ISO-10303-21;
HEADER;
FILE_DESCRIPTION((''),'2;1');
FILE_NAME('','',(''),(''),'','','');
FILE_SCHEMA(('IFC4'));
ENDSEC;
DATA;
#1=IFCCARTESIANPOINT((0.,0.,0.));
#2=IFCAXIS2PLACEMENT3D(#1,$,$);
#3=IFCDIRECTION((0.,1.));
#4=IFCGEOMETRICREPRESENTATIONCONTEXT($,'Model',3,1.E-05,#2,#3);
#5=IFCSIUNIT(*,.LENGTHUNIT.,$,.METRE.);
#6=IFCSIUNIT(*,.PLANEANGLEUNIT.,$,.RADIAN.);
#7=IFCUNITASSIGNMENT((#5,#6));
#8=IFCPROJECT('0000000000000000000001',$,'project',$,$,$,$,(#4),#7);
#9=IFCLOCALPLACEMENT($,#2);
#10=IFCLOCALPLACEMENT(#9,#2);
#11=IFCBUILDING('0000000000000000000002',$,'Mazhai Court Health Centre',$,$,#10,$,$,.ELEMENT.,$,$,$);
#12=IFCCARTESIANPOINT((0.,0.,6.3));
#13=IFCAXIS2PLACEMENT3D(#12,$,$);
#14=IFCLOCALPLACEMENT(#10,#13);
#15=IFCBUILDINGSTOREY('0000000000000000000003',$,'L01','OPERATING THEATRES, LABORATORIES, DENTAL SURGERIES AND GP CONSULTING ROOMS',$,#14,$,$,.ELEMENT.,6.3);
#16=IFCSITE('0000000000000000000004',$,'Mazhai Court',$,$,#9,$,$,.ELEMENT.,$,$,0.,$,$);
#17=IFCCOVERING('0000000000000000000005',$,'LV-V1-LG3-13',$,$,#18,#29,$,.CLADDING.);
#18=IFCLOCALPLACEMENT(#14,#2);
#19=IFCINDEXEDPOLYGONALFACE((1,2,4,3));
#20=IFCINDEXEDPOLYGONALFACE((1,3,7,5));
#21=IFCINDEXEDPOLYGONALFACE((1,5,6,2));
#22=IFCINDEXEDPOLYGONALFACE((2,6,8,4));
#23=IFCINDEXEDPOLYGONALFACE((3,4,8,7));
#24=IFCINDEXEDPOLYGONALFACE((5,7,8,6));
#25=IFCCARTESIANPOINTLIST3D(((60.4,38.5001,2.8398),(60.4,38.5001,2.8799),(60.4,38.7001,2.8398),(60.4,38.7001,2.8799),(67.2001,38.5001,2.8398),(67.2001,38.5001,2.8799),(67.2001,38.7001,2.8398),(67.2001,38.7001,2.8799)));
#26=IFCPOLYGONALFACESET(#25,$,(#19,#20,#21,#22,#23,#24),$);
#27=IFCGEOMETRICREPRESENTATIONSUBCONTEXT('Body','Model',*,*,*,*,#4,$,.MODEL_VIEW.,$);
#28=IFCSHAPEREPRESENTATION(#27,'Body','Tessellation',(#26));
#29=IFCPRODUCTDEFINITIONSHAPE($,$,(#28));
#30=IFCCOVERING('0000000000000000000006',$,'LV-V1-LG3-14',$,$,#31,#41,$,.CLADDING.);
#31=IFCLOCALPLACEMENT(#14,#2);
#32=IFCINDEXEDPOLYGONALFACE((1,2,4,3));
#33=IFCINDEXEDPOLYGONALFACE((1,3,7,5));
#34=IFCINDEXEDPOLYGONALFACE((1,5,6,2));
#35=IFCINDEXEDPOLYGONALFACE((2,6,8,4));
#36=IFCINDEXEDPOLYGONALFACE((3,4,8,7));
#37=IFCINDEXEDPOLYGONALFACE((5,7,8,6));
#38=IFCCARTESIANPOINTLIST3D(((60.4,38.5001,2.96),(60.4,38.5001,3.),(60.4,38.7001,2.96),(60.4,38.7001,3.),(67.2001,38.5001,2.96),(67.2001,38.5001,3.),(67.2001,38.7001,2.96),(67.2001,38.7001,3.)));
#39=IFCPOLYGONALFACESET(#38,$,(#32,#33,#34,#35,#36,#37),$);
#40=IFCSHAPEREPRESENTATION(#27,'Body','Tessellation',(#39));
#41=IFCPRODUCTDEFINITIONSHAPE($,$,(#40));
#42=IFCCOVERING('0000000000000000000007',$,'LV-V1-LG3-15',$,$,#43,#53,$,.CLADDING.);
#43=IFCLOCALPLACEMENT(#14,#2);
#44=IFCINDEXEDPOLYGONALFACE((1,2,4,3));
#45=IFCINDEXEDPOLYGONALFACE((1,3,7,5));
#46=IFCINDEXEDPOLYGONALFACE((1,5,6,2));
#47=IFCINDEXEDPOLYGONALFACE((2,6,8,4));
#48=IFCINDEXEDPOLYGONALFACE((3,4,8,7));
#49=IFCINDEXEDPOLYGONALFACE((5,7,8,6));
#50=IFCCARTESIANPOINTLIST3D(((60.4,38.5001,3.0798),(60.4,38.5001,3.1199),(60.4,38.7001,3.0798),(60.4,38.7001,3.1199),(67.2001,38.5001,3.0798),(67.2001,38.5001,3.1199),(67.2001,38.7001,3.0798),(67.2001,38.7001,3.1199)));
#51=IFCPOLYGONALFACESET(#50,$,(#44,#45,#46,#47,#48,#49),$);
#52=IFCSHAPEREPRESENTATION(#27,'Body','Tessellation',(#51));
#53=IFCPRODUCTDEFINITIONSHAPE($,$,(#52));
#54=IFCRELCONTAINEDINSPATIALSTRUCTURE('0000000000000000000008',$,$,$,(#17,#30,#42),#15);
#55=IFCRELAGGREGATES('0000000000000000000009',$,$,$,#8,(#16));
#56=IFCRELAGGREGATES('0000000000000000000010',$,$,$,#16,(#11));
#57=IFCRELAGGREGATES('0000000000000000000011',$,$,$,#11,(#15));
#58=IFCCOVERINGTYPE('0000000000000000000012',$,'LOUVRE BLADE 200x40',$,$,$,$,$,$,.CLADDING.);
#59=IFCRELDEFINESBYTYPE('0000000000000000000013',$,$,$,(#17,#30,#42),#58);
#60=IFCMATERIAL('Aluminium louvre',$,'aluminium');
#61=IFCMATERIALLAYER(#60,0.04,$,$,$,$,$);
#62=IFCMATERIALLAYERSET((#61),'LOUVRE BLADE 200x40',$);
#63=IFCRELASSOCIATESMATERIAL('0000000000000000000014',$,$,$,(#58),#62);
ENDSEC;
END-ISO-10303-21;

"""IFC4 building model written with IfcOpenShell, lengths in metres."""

from ifc_helpers import new_model, si_unit, direction, frame, origin, origin_2d, place, context, subcontext, project, spatial, rectangle, extrude, material, layer, layer_set, type_object, element, save


model = new_model("IFC4")

# Units and contexts
model_context = context("Model", 3, precision=1e-05, world=origin(), true_north=direction((0.0, 1.0)))
body_context = subcontext(model_context, "Body", "Model", "MODEL_VIEW")
ifc_project = project(units=[si_unit("LENGTHUNIT", "METRE"), si_unit("PLANEANGLEUNIT", "RADIAN")], contexts=[model_context])

# Site, building, storey
site_placement = place(None, origin())
site = spatial("IfcSite", under=ifc_project, at=site_placement, Name="Mazhai Court", CompositionType="ELEMENT", RefElevation=0.0)
building_placement = place(site_placement, origin())
building = spatial("IfcBuilding", under=site, at=building_placement, Name="Mazhai Court Health Centre", CompositionType="ELEMENT")
storey_placement = place(building_placement, frame((0.0, 0.0, 6.3)))
storey = spatial("IfcBuildingStorey", under=building, at=storey_placement, Name="L01", Description="OPERATING THEATRES, LABORATORIES, DENTAL SURGERIES AND GP CONSULTING ROOMS", CompositionType="ELEMENT", Elevation=6.3)

# Coverings
ifc_material_1 = material(Name="Aluminium louvre", Category="aluminium")
ifc_layer = layer(ifc_material_1, 0.04)
ifc_layer_set = layer_set([ifc_layer], Name="LOUVRE BLADE 200x40")
covering_type = type_object("IfcCoveringType", Name="LOUVRE BLADE 200x40", PredefinedType="CLADDING", material=ifc_layer_set)
for number, where, z_axis, x_axis, name in (
    (1, (63.8, 38.6001, 2.8398), (0.0, 0.0, 1.0), (0.0, 1.0, 0.0), "LV-V1-LG3-13"),
    (2, (63.8, 38.6001, 2.96), (0.0, 0.0, 1.0), (0.0, 1.0, 0.0), "LV-V1-LG3-14"),
    (3, (63.8, 38.6001, 3.0798), (0.0, 0.0, 1.0), (0.0, 1.0, 0.0), "LV-V1-LG3-15"),
):
    element("IfcCovering", number, at=place(storey_placement, frame(where, z_axis=z_axis, x_axis=x_axis)), inside=storey, type_object=covering_type, Name=name, PredefinedType="CLADDING", context=body_context, shape_type="SweptSolid", body=[
        extrude(rectangle(XDim=0.2, YDim=6.8, at=origin_2d()), origin(), (0.0, 0.0, 1.0), 0.04),
    ])

save(model, "model.ifc")
